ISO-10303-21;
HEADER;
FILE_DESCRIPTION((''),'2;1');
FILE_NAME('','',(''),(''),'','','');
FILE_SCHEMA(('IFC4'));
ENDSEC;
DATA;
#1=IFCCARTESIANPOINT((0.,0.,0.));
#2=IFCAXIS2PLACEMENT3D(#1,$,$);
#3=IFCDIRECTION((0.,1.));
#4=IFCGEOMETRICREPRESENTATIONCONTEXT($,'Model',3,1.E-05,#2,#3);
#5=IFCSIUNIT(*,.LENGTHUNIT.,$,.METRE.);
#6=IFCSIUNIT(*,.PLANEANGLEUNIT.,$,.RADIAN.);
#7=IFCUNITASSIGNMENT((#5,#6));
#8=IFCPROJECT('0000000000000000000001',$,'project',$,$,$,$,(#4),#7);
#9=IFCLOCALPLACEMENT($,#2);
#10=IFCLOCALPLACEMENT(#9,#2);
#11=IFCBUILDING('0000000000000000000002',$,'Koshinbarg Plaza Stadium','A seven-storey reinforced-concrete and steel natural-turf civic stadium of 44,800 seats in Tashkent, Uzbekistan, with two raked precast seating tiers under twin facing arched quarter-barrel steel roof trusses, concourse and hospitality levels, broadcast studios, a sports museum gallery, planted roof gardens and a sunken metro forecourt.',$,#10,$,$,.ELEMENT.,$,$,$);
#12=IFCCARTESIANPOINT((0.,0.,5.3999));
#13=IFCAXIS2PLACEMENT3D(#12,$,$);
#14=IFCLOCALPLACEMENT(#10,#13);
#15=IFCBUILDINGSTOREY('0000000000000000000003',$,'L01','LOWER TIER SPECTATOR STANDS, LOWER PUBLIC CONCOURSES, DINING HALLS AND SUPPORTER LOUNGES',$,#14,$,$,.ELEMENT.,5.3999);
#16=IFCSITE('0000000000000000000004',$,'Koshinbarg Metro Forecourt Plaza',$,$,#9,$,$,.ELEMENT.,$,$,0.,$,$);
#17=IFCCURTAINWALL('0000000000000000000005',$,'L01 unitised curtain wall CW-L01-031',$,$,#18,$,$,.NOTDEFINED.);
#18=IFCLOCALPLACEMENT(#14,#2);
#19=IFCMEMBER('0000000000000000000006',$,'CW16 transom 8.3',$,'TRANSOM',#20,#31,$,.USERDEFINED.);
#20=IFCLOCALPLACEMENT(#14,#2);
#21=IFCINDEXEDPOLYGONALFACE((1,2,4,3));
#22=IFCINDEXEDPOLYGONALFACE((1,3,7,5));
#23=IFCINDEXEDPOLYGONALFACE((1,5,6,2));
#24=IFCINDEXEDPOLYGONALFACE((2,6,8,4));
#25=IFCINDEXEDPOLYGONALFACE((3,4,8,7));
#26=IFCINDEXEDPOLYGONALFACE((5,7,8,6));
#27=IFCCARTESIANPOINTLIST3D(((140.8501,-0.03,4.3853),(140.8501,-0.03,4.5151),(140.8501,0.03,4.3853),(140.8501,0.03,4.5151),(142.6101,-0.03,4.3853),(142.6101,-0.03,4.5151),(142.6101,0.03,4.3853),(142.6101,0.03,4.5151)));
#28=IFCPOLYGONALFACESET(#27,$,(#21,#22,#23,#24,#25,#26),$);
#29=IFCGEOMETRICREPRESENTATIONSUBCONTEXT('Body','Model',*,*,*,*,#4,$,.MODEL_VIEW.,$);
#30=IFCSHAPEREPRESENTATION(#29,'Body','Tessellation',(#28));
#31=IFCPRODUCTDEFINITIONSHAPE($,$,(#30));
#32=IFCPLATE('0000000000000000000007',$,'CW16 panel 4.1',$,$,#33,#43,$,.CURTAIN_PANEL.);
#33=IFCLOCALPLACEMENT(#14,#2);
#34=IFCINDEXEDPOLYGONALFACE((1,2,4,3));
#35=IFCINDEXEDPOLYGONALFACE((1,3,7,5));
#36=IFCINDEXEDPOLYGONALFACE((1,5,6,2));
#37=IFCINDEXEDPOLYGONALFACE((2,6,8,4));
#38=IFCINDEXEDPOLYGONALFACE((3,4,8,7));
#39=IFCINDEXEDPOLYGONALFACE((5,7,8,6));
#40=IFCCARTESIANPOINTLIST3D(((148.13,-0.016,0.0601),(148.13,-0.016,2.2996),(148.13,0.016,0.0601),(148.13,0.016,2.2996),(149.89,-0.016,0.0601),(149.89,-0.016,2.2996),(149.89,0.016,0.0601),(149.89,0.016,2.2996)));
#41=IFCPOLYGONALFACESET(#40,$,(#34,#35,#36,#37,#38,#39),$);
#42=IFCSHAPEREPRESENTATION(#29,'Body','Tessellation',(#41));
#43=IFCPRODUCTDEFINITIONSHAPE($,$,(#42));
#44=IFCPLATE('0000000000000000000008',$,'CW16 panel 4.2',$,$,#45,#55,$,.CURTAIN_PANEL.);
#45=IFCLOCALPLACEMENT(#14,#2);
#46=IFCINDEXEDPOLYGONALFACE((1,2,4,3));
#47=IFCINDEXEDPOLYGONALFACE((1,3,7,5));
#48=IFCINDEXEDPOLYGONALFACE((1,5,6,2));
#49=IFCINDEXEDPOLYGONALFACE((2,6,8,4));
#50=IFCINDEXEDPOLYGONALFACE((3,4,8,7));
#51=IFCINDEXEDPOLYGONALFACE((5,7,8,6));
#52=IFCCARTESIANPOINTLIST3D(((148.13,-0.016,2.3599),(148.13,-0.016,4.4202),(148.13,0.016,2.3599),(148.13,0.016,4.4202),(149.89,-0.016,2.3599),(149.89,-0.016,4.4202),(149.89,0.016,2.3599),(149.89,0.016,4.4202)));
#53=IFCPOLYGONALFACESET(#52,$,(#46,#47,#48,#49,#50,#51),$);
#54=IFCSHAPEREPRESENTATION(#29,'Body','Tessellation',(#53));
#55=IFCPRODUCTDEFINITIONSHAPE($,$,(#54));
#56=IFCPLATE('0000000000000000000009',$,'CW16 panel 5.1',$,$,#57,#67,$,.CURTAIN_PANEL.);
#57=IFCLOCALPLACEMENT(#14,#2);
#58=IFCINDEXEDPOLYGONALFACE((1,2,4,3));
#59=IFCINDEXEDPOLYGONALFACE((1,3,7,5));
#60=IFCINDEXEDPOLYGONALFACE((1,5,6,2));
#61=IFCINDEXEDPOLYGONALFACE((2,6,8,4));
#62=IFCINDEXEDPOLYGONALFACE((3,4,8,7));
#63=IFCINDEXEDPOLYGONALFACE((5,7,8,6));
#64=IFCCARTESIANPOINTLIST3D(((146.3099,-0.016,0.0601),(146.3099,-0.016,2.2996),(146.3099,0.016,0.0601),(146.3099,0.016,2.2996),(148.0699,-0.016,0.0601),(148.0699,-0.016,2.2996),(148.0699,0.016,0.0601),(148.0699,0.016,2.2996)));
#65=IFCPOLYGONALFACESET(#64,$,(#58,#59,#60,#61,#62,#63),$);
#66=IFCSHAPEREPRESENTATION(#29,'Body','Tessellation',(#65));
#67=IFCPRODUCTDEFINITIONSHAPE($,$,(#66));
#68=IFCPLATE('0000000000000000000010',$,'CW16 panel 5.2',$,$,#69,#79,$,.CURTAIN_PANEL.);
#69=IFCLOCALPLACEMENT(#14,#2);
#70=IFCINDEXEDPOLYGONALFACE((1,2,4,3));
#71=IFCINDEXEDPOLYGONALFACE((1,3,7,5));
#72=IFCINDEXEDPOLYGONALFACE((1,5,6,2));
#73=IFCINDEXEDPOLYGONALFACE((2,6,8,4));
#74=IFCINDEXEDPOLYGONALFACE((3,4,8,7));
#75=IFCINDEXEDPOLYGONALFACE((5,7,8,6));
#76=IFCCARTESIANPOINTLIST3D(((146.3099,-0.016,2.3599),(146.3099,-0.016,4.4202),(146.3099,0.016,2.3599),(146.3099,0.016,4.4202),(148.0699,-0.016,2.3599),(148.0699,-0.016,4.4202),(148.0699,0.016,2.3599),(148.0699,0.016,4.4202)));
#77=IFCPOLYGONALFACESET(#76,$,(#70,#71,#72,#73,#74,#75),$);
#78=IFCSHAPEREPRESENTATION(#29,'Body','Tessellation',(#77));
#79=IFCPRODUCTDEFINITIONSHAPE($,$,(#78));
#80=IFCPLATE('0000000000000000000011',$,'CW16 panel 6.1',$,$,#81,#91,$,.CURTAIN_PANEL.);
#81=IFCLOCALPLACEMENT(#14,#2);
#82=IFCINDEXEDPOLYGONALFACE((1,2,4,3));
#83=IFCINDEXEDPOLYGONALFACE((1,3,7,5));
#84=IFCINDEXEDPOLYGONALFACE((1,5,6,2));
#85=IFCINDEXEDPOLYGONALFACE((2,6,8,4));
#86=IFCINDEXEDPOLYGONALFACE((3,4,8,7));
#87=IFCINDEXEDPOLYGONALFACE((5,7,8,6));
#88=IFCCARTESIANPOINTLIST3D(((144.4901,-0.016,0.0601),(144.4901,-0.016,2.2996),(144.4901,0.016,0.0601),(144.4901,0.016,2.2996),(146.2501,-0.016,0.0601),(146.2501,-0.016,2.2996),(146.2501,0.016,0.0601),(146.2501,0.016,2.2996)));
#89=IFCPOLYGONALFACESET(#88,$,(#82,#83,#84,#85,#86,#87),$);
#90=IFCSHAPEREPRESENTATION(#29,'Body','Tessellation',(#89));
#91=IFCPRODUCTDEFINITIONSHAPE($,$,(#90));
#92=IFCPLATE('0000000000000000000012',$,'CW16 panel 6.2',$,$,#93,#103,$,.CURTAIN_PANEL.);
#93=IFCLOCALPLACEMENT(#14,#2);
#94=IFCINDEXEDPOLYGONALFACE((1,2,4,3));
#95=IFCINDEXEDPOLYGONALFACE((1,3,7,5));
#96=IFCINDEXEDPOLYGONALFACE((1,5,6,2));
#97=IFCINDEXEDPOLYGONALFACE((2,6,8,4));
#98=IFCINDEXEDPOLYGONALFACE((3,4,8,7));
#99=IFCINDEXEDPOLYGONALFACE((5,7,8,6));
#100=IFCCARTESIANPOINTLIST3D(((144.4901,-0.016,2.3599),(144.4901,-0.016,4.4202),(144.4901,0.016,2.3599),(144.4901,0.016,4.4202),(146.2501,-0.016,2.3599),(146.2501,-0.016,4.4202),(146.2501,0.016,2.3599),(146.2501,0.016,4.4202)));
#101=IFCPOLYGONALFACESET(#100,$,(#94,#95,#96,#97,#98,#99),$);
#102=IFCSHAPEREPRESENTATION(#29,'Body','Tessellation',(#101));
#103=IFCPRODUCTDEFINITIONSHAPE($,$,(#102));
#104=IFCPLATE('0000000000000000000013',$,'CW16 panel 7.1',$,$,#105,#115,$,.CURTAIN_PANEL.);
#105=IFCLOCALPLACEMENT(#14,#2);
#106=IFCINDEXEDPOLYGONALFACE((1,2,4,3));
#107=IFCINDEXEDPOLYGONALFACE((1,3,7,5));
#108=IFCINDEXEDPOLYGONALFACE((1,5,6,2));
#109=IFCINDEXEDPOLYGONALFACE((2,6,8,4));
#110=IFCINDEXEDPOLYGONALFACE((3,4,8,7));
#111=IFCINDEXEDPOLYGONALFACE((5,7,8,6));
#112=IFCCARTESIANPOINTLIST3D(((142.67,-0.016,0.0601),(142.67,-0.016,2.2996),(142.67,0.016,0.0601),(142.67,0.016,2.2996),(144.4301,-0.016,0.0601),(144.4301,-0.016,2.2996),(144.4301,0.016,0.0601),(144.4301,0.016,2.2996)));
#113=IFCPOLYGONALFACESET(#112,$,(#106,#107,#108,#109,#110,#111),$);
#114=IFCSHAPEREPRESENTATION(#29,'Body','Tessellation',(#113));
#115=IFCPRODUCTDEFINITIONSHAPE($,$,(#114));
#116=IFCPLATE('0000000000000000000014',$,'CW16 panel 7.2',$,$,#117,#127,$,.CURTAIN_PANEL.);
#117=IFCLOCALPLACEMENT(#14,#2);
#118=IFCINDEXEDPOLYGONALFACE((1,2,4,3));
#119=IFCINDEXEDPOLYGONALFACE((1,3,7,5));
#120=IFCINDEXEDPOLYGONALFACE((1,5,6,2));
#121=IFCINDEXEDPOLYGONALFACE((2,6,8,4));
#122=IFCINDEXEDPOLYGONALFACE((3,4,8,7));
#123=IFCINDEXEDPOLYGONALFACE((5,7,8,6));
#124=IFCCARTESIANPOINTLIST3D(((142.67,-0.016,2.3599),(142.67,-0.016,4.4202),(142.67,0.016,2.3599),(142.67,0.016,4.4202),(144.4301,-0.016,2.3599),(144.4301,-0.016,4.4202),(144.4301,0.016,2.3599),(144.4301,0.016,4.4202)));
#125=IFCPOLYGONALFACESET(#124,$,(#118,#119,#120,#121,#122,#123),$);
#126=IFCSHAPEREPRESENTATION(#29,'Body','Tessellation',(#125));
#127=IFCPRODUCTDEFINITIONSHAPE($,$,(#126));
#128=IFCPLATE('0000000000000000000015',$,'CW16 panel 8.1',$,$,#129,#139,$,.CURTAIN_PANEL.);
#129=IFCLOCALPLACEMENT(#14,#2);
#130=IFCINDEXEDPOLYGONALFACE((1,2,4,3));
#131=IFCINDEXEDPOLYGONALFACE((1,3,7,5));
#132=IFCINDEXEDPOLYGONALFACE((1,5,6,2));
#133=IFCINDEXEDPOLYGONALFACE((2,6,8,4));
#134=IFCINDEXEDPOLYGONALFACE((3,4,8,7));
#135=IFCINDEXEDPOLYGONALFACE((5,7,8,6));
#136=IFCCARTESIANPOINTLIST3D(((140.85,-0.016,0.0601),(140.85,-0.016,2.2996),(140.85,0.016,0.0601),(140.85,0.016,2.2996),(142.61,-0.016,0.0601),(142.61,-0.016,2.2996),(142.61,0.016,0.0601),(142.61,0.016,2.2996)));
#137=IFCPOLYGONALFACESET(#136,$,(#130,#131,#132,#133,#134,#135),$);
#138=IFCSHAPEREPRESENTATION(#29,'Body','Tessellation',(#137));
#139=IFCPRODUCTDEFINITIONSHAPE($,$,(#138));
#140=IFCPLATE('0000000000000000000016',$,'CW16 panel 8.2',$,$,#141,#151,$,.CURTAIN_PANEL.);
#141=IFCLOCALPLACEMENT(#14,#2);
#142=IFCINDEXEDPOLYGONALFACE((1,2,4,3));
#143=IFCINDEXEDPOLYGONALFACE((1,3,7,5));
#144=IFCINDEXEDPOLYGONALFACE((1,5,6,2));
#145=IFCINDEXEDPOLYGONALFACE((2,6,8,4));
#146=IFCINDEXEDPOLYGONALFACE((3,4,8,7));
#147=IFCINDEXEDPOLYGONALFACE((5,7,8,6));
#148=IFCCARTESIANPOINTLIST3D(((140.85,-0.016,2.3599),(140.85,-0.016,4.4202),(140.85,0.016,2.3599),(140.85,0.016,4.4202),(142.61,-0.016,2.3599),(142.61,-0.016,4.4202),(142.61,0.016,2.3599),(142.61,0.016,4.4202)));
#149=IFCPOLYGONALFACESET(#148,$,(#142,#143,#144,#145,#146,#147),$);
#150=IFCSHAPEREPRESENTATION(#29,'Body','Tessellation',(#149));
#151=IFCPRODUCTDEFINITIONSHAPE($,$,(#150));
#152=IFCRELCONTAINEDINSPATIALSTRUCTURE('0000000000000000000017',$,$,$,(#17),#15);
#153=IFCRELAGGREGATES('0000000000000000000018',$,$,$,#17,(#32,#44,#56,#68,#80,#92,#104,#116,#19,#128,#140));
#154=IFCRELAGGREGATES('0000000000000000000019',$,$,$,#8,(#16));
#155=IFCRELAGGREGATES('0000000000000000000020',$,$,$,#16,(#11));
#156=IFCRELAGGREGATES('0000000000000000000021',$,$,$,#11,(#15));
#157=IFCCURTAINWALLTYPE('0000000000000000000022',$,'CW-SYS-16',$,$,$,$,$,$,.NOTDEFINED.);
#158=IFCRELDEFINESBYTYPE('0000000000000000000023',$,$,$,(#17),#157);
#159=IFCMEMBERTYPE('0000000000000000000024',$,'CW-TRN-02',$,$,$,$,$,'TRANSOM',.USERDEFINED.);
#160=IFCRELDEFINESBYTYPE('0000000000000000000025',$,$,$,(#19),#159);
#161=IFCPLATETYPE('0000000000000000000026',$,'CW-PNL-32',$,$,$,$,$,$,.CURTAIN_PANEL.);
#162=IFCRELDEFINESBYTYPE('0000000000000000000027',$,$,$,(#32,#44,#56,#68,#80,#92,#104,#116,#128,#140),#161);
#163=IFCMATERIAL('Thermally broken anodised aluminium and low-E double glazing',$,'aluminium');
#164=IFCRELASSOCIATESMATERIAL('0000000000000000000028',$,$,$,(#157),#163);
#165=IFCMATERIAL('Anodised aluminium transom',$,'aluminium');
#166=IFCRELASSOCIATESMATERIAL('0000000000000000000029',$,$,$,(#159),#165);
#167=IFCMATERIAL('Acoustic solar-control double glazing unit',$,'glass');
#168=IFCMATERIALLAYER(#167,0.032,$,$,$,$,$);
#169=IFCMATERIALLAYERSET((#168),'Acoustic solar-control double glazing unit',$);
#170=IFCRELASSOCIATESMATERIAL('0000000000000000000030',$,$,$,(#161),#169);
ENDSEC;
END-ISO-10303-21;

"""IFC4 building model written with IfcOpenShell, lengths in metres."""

from ifc_helpers import new_model, si_unit, direction, frame, origin, origin_2d, place, context, subcontext, project, spatial, rectangle, extrude, material, layer, layer_set, material_profile, profile_set, type_object, element, aggregate, save


model = new_model("IFC4")

# Units and contexts
model_context = context("Model", 3, precision=1e-05, world=origin(), true_north=direction((0.0, 1.0)))
body_context = subcontext(model_context, "Body", "Model", "MODEL_VIEW")
ifc_project = project(units=[si_unit("LENGTHUNIT", "METRE"), si_unit("PLANEANGLEUNIT", "RADIAN")], contexts=[model_context])

# Site, building, storey
site_placement = place(None, origin())
site = spatial("IfcSite", under=ifc_project, at=site_placement, Name="Koshinbarg Metro Forecourt Plaza", CompositionType="ELEMENT", RefElevation=0.0)
building_placement = place(site_placement, origin())
building = spatial("IfcBuilding", under=site, at=building_placement, Name="Koshinbarg Plaza Stadium", Description="A seven-storey reinforced-concrete and steel natural-turf civic stadium of 44,800 seats in Tashkent, Uzbekistan, with two raked precast seating tiers under twin facing arched quarter-barrel steel roof trusses, concourse and hospitality levels, broadcast studios, a sports museum gallery, planted roof gardens and a sunken metro forecourt.", CompositionType="ELEMENT")
storey_placement = place(building_placement, frame((0.0, 0.0, 5.3999)))
storey = spatial("IfcBuildingStorey", under=building, at=storey_placement, Name="L01", Description="LOWER TIER SPECTATOR STANDS, LOWER PUBLIC CONCOURSES, DINING HALLS AND SUPPORTER LOUNGES", CompositionType="ELEMENT", Elevation=5.3999)

# Curtain wall, member, plates
ifc_material_1 = material(Name="Thermally broken anodised aluminium and low-E double glazing", Category="aluminium")
curtain_wall_type = type_object("IfcCurtainWallType", Name="CW-SYS-16", PredefinedType="NOTDEFINED", material=ifc_material_1)
curtain_wall_placement = place(storey_placement, origin())
curtain_wall = element("IfcCurtainWall", 1, at=curtain_wall_placement, inside=storey, type_object=curtain_wall_type, Name="L01 unitised curtain wall CW-L01-031", PredefinedType="NOTDEFINED")
ifc_material_2 = material(Name="Anodised aluminium transom", Category="aluminium")
ifc_material_profile_1 = material_profile(ifc_material_2, rectangle(XDim=0.0601, YDim=0.1299, at=origin_2d()), Name="ALU 60x130")
ifc_profile_set_1 = profile_set([ifc_material_profile_1], Name="Anodised aluminium transom")
member_type_1 = type_object("IfcMemberType", Name="CW-TRN-02", ElementType="TRANSOM", PredefinedType="USERDEFINED", material=ifc_profile_set_1)
member_1_placement = place(storey_placement, frame((142.6101, 0.0, 4.4502), z_axis=(-1.0, 0.0, 0.0), x_axis=(0.0, -1.0, 0.0)))
member_1 = element("IfcMember", 2, at=member_1_placement, type_object=member_type_1, Name="CW16 transom 8.3", ObjectType="TRANSOM", PredefinedType="USERDEFINED", context=body_context, shape_type="SweptSolid", body=[
    extrude(rectangle(XDim=0.0601, YDim=0.1299, at=origin_2d()), origin(), (0.0, 0.0, 1.0), 1.76),
])
ifc_material_3 = material(Name="Acoustic solar-control double glazing unit", Category="glass")
ifc_layer = layer(ifc_material_3, 0.032)
ifc_layer_set = layer_set([ifc_layer], Name="Acoustic solar-control double glazing unit")
plate_type = type_object("IfcPlateType", Name="CW-PNL-32", PredefinedType="CURTAIN_PANEL", material=ifc_layer_set)
plate_1_placement = place(storey_placement, frame((149.01, 0.0, 0.0601), z_axis=(0.0, 0.0, 1.0), x_axis=(-1.0, 0.0, 0.0)))
plate_1 = element("IfcPlate", 3, at=plate_1_placement, type_object=plate_type, Name="CW16 panel 4.1", PredefinedType="CURTAIN_PANEL", context=body_context, shape_type="SweptSolid", body=[
    extrude(rectangle(XDim=1.76, YDim=0.032, at=origin_2d()), origin(), (0.0, 0.0, 1.0), 2.2395),
])
plate_2_placement = place(storey_placement, frame((149.01, 0.0, 2.3599), z_axis=(0.0, 0.0, 1.0), x_axis=(-1.0, 0.0, 0.0)))
plate_2 = element("IfcPlate", 4, at=plate_2_placement, type_object=plate_type, Name="CW16 panel 4.2", PredefinedType="CURTAIN_PANEL", context=body_context, shape_type="SweptSolid", body=[
    extrude(rectangle(XDim=1.76, YDim=0.032, at=origin_2d()), origin(), (0.0, 0.0, 1.0), 2.0603),
])
plate_3_placement = place(storey_placement, frame((147.1899, 0.0, 0.0601), z_axis=(0.0, 0.0, 1.0), x_axis=(-1.0, 0.0, 0.0)))
plate_3 = element("IfcPlate", 5, at=plate_3_placement, type_object=plate_type, Name="CW16 panel 5.1", PredefinedType="CURTAIN_PANEL", context=body_context, shape_type="SweptSolid", body=[
    extrude(rectangle(XDim=1.76, YDim=0.032, at=origin_2d()), origin(), (0.0, 0.0, 1.0), 2.2395),
])
plate_4_placement = place(storey_placement, frame((147.1899, 0.0, 2.3599), z_axis=(0.0, 0.0, 1.0), x_axis=(-1.0, 0.0, 0.0)))
plate_4 = element("IfcPlate", 6, at=plate_4_placement, type_object=plate_type, Name="CW16 panel 5.2", PredefinedType="CURTAIN_PANEL", context=body_context, shape_type="SweptSolid", body=[
    extrude(rectangle(XDim=1.76, YDim=0.032, at=origin_2d()), origin(), (0.0, 0.0, 1.0), 2.0603),
])
plate_5_placement = place(storey_placement, frame((145.3701, 0.0, 0.0601), z_axis=(0.0, 0.0, 1.0), x_axis=(-1.0, 0.0, 0.0)))
plate_5 = element("IfcPlate", 7, at=plate_5_placement, type_object=plate_type, Name="CW16 panel 6.1", PredefinedType="CURTAIN_PANEL", context=body_context, shape_type="SweptSolid", body=[
    extrude(rectangle(XDim=1.76, YDim=0.032, at=origin_2d()), origin(), (0.0, 0.0, 1.0), 2.2395),
])
plate_6_placement = place(storey_placement, frame((145.3701, 0.0, 2.3599), z_axis=(0.0, 0.0, 1.0), x_axis=(-1.0, 0.0, 0.0)))
plate_6 = element("IfcPlate", 8, at=plate_6_placement, type_object=plate_type, Name="CW16 panel 6.2", PredefinedType="CURTAIN_PANEL", context=body_context, shape_type="SweptSolid", body=[
    extrude(rectangle(XDim=1.76, YDim=0.032, at=origin_2d()), origin(), (0.0, 0.0, 1.0), 2.0603),
])
plate_7_placement = place(storey_placement, frame((143.55, 0.0, 0.0601), z_axis=(0.0, 0.0, 1.0), x_axis=(-1.0, 0.0, 0.0)))
plate_7 = element("IfcPlate", 9, at=plate_7_placement, type_object=plate_type, Name="CW16 panel 7.1", PredefinedType="CURTAIN_PANEL", context=body_context, shape_type="SweptSolid", body=[
    extrude(rectangle(XDim=1.76, YDim=0.032, at=origin_2d()), origin(), (0.0, 0.0, 1.0), 2.2395),
])
plate_8_placement = place(storey_placement, frame((143.55, 0.0, 2.3599), z_axis=(0.0, 0.0, 1.0), x_axis=(-1.0, 0.0, 0.0)))
plate_8 = element("IfcPlate", 10, at=plate_8_placement, type_object=plate_type, Name="CW16 panel 7.2", PredefinedType="CURTAIN_PANEL", context=body_context, shape_type="SweptSolid", body=[
    extrude(rectangle(XDim=1.76, YDim=0.032, at=origin_2d()), origin(), (0.0, 0.0, 1.0), 2.0603),
])
plate_9_placement = place(storey_placement, frame((141.73, 0.0, 0.0601), z_axis=(0.0, 0.0, 1.0), x_axis=(-1.0, 0.0, 0.0)))
plate_9 = element("IfcPlate", 11, at=plate_9_placement, type_object=plate_type, Name="CW16 panel 8.1", PredefinedType="CURTAIN_PANEL", context=body_context, shape_type="SweptSolid", body=[
    extrude(rectangle(XDim=1.76, YDim=0.032, at=origin_2d()), origin(), (0.0, 0.0, 1.0), 2.2395),
])
plate_10_placement = place(storey_placement, frame((141.73, 0.0, 2.3599), z_axis=(0.0, 0.0, 1.0), x_axis=(-1.0, 0.0, 0.0)))
plate_10 = element("IfcPlate", 12, at=plate_10_placement, type_object=plate_type, Name="CW16 panel 8.2", PredefinedType="CURTAIN_PANEL", context=body_context, shape_type="SweptSolid", body=[
    extrude(rectangle(XDim=1.76, YDim=0.032, at=origin_2d()), origin(), (0.0, 0.0, 1.0), 2.0603),
])
aggregate(curtain_wall, [plate_1, plate_2, plate_3, plate_4, plate_5, plate_6, plate_7, plate_8, member_1, plate_9, plate_10])

save(model, "model.ifc")
